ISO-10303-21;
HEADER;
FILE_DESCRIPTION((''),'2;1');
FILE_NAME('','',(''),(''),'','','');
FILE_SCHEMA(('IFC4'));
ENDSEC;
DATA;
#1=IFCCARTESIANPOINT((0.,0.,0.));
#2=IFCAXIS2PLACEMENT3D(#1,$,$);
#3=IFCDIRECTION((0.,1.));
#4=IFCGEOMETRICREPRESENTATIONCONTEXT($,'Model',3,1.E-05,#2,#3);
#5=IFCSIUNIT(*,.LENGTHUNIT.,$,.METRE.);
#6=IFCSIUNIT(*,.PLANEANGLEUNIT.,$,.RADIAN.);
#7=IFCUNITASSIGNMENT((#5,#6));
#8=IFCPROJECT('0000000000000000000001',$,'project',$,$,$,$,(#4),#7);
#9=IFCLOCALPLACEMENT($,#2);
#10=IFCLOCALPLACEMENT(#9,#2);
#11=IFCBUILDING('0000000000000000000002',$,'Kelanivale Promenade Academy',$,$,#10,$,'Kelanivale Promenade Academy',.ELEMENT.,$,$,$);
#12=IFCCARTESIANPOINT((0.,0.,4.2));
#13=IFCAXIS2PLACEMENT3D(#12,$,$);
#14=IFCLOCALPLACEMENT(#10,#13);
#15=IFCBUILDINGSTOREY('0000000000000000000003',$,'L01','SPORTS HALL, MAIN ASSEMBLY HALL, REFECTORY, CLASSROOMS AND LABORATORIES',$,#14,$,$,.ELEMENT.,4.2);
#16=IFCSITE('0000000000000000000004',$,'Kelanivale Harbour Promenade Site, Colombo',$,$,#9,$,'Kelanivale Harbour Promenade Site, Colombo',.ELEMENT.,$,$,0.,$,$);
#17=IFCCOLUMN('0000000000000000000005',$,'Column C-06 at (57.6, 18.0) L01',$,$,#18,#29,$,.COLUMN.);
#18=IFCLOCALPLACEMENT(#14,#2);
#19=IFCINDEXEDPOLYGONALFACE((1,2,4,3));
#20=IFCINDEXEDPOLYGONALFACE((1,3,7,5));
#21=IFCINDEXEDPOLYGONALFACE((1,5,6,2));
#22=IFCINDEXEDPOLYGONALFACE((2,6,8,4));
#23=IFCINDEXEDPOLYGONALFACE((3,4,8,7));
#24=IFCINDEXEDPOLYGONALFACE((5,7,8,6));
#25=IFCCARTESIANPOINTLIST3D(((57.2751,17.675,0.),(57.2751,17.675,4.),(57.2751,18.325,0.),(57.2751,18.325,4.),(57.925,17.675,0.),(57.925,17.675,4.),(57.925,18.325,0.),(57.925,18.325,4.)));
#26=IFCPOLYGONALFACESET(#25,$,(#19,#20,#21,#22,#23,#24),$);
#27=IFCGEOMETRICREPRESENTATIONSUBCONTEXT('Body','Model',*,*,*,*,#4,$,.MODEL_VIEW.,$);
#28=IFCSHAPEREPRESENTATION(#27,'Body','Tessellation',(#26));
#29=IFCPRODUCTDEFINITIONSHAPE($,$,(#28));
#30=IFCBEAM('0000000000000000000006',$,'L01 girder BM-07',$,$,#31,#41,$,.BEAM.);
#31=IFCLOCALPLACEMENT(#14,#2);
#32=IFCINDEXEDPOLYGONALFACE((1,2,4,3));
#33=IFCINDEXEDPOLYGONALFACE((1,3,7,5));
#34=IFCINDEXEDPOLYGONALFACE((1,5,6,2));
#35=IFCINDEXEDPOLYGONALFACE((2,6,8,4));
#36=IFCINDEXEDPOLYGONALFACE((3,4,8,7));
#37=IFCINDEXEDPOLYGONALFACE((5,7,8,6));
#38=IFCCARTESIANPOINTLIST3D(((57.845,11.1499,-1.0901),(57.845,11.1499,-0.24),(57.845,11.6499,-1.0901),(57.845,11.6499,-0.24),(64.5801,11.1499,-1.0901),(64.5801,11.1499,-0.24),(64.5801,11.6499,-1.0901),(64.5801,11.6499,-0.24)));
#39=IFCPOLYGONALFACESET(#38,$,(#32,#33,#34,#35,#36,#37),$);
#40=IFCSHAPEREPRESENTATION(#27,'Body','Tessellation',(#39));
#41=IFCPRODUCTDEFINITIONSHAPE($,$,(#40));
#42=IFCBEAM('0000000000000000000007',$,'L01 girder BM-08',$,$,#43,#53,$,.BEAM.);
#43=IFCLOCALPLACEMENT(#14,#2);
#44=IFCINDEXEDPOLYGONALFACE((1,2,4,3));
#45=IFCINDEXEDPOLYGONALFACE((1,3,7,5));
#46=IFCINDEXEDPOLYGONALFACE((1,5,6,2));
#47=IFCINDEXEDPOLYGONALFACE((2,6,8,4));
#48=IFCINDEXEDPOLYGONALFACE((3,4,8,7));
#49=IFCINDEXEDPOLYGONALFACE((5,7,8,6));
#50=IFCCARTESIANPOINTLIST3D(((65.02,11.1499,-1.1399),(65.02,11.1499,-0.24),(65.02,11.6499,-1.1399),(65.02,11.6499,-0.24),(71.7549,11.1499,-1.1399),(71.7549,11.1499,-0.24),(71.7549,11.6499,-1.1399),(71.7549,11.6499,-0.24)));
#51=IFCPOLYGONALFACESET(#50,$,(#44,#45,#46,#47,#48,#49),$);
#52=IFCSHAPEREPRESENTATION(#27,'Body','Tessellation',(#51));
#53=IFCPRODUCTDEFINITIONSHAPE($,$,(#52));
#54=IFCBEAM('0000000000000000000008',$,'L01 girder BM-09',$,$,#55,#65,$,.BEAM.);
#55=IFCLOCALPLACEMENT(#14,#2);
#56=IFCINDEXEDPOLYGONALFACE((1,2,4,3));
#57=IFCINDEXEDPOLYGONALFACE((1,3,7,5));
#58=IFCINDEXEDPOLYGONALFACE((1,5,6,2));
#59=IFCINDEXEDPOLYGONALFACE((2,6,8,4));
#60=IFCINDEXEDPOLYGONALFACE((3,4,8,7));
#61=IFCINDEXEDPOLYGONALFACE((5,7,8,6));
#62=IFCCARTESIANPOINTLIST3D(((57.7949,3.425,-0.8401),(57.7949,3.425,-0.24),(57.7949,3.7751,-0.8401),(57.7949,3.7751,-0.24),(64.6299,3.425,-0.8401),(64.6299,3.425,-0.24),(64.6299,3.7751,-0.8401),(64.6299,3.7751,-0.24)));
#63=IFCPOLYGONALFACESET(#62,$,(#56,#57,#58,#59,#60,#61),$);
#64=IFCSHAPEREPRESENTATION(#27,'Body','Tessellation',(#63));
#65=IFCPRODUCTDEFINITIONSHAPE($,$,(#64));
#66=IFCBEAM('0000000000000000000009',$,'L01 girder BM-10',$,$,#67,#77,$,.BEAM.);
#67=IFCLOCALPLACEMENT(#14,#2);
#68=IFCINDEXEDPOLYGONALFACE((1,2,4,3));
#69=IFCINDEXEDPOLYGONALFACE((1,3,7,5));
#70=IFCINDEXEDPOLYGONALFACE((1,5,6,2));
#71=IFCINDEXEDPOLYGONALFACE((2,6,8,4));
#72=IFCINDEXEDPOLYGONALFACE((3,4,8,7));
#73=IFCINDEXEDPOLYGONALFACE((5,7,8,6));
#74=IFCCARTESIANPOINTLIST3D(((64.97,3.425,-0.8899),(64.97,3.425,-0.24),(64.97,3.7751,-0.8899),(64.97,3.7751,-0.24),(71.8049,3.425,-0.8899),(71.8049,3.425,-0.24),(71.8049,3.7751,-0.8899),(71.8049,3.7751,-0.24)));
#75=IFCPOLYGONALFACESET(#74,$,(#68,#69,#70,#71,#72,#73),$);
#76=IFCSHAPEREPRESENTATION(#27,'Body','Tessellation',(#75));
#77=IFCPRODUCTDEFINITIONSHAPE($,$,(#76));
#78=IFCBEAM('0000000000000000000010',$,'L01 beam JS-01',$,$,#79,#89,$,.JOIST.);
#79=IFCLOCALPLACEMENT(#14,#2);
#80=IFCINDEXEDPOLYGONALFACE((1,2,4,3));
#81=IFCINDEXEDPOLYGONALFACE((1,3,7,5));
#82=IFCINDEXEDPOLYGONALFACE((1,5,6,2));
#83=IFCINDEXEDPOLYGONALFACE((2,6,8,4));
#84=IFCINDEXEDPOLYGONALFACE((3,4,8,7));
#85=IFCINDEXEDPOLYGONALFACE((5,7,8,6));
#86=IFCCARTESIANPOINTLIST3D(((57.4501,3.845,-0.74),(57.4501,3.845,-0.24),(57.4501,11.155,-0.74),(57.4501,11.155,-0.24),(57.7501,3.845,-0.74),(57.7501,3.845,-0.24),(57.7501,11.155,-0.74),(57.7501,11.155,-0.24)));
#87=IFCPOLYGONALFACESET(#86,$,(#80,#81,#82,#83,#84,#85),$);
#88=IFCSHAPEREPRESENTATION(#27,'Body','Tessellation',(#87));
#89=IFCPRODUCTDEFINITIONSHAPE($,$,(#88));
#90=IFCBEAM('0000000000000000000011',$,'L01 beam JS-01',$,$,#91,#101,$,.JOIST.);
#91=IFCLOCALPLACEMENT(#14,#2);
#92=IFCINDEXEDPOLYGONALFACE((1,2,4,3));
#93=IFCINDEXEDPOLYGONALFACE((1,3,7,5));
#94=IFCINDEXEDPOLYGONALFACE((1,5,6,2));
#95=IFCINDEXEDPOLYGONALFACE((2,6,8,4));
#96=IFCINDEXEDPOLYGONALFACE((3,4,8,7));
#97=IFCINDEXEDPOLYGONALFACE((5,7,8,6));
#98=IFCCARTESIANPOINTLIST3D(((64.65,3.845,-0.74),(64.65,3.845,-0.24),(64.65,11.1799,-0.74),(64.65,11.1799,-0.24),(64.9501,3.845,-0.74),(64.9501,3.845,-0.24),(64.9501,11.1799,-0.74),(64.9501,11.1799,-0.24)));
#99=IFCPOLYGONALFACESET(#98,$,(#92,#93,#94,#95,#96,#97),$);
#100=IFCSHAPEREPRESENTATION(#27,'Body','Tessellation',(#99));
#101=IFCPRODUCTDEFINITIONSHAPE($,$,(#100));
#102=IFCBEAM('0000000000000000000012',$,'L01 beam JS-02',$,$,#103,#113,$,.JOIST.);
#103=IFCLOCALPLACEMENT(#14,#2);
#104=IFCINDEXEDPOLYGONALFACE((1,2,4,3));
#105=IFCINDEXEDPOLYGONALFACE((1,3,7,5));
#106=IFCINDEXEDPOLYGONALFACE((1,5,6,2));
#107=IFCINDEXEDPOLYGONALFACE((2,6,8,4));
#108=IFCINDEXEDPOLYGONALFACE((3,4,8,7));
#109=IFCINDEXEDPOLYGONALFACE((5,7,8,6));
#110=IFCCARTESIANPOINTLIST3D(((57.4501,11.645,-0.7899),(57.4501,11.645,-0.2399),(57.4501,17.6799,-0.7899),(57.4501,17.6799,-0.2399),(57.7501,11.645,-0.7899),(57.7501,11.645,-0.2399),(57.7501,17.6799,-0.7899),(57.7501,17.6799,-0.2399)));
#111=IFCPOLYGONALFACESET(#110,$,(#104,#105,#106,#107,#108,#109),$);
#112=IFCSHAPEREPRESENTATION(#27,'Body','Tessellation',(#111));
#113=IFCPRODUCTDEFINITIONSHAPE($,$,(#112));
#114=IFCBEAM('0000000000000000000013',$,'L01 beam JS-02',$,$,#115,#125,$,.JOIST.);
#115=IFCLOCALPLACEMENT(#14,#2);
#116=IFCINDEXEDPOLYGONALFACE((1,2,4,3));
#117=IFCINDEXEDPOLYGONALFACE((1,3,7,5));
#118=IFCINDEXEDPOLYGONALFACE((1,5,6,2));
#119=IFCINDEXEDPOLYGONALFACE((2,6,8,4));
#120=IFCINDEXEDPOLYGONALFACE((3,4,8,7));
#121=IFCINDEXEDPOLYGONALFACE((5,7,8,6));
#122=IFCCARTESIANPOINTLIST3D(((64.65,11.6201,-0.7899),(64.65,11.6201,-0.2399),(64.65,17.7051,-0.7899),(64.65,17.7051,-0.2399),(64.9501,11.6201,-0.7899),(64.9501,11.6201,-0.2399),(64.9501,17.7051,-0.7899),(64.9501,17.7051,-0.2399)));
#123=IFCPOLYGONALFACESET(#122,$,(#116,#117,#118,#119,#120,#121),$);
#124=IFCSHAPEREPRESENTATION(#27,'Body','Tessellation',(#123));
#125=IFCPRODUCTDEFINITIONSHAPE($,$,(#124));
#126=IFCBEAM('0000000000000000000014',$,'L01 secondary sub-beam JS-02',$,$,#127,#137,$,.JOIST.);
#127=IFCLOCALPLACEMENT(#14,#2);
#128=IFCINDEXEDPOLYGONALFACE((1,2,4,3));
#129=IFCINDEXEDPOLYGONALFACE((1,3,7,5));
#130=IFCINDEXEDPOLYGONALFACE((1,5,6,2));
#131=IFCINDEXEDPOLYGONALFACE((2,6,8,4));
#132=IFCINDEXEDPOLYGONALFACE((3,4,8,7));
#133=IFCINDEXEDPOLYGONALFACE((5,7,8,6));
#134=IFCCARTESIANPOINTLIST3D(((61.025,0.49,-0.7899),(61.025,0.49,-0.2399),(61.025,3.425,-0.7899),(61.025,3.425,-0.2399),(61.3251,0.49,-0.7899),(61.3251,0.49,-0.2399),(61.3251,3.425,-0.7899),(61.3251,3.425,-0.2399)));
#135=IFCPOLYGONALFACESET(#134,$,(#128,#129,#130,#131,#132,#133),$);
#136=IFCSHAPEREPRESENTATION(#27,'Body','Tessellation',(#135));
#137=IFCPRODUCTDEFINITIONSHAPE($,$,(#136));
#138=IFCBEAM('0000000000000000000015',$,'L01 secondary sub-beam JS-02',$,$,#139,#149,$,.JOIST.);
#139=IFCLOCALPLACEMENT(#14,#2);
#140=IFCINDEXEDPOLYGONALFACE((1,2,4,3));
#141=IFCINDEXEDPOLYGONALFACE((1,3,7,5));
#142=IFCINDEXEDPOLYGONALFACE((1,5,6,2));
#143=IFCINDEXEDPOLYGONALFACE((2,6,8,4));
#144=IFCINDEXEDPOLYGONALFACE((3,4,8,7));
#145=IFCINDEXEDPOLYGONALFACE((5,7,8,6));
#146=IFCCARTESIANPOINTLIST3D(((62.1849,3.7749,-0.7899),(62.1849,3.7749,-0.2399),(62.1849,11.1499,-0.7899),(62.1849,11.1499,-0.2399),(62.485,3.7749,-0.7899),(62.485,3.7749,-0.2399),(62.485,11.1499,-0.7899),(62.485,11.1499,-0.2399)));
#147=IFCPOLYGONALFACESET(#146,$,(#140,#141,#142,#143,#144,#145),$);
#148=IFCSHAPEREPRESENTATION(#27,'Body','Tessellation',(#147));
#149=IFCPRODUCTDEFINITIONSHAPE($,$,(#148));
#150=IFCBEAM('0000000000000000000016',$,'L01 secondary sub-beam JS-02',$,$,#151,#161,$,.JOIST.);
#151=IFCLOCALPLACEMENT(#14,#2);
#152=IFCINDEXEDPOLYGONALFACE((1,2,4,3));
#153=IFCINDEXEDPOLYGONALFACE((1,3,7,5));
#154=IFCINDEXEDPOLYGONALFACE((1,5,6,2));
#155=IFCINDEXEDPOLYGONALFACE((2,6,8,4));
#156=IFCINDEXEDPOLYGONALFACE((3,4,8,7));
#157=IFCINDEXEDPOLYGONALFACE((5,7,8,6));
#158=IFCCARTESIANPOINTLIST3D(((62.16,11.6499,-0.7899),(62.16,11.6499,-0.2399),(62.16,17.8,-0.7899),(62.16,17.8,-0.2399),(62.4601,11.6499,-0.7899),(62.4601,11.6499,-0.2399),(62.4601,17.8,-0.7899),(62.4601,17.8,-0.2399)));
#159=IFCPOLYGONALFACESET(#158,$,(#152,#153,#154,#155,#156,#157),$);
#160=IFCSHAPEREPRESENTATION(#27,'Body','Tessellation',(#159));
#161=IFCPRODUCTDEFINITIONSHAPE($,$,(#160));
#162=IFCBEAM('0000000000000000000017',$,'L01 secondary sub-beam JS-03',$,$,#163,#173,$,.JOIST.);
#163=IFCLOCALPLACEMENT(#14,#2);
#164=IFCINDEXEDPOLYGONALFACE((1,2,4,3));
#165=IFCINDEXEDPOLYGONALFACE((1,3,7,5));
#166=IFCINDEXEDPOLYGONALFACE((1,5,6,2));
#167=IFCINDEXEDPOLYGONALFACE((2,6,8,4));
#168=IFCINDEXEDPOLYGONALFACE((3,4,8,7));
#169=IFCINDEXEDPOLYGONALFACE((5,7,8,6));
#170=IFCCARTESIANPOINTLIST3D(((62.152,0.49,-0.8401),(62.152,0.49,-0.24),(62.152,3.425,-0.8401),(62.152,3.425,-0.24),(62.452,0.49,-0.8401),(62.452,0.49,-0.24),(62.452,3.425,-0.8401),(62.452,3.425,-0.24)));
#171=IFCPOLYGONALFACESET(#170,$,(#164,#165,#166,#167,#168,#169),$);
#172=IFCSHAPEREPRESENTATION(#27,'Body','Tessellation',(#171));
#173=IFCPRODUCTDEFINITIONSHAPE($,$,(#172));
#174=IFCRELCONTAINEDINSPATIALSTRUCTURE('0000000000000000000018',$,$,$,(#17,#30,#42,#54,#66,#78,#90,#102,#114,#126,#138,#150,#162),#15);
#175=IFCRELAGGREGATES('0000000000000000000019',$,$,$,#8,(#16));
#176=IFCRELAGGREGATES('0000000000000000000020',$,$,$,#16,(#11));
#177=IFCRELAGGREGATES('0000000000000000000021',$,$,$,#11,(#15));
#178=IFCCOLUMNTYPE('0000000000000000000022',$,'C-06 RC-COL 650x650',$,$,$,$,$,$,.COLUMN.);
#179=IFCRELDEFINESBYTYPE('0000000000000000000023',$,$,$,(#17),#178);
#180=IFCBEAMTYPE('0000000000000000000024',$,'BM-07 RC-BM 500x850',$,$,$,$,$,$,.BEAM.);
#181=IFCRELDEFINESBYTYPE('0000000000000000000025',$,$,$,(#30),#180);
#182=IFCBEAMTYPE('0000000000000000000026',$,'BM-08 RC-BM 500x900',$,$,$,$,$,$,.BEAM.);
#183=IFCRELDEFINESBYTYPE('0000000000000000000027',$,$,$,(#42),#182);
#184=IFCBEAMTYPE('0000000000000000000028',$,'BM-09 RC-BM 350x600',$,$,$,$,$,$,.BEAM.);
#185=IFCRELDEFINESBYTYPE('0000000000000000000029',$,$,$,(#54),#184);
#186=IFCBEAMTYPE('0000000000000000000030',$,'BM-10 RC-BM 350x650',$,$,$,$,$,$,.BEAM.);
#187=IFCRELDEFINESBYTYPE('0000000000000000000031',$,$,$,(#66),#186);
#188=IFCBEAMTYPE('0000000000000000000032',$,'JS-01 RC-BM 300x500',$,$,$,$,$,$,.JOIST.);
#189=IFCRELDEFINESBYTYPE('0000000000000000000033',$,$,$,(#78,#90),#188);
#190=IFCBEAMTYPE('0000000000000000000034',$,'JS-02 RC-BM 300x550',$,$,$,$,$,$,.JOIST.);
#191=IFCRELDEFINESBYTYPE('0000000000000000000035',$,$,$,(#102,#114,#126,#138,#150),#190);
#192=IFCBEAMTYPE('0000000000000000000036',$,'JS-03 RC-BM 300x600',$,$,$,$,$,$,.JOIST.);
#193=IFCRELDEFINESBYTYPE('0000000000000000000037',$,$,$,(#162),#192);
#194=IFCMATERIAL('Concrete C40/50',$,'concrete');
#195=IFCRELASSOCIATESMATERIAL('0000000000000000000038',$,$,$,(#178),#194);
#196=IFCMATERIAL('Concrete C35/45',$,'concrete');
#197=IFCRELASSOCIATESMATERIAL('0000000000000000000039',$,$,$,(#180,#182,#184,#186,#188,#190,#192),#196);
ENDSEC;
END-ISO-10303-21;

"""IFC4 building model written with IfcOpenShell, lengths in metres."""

from ifc_helpers import new_model, si_unit, direction, frame, origin, origin_2d, place, context, subcontext, project, spatial, rectangle, extrude, material, material_profile, profile_set, type_object, element, save


model = new_model("IFC4")

# Units and contexts
model_context = context("Model", 3, precision=1e-05, world=origin(), true_north=direction((0.0, 1.0)))
body_context = subcontext(model_context, "Body", "Model", "MODEL_VIEW")
ifc_project = project(units=[si_unit("LENGTHUNIT", "METRE"), si_unit("PLANEANGLEUNIT", "RADIAN")], contexts=[model_context])

# Site, building, storey
site_placement = place(None, origin())
site = spatial("IfcSite", under=ifc_project, at=site_placement, Name="Kelanivale Harbour Promenade Site, Colombo", LongName="Kelanivale Harbour Promenade Site, Colombo", CompositionType="ELEMENT", RefElevation=0.0)
building_placement = place(site_placement, origin())
building = spatial("IfcBuilding", under=site, at=building_placement, Name="Kelanivale Promenade Academy", LongName="Kelanivale Promenade Academy", CompositionType="ELEMENT")
storey_placement = place(building_placement, frame((0.0, 0.0, 4.2)))
storey = spatial("IfcBuildingStorey", under=building, at=storey_placement, Name="L01", Description="SPORTS HALL, MAIN ASSEMBLY HALL, REFECTORY, CLASSROOMS AND LABORATORIES", CompositionType="ELEMENT", Elevation=4.2)

# Column
ifc_material_1 = material(Name="Concrete C40/50", Category="concrete")
ifc_material_profile_1 = material_profile(ifc_material_1, rectangle(XDim=0.6499, YDim=0.6499, at=origin_2d()), Name="RC-COL 650x650")
ifc_profile_set_1 = profile_set([ifc_material_profile_1], Name="Concrete C40/50")
column_type = type_object("IfcColumnType", Name="C-06 RC-COL 650x650", PredefinedType="COLUMN", material=ifc_profile_set_1)
column_placement = place(storey_placement, frame((57.6001, 18.0, 0.0), z_axis=(0.0, 0.0, 1.0), x_axis=(1.0, 0.0, 0.0)))
element("IfcColumn", 1, at=column_placement, inside=storey, type_object=column_type, Name="Column C-06 at (57.6, 18.0) L01", PredefinedType="COLUMN", context=body_context, shape_type="SweptSolid", body=[
    extrude(rectangle(XDim=0.6499, YDim=0.6499, at=origin_2d()), origin(), (0.0, 0.0, 1.0), 4.0),
])

# Beams
ifc_material_2 = material(Name="Concrete C35/45", Category="concrete")
ifc_material_profile_2 = material_profile(ifc_material_2, rectangle(XDim=0.5, YDim=0.8501, at=origin_2d()), Name="RC-BM 500x850")
ifc_profile_set_2 = profile_set([ifc_material_profile_2], Name="Concrete C35/45")
beam_type_1 = type_object("IfcBeamType", Name="BM-07 RC-BM 500x850", PredefinedType="BEAM", material=ifc_profile_set_2)
beam_1_placement = place(storey_placement, frame((57.845, 11.3999, -0.665), z_axis=(1.0, 0.0, 0.0), x_axis=(0.0, 1.0, 0.0)))
element("IfcBeam", 2, at=beam_1_placement, inside=storey, type_object=beam_type_1, Name="L01 girder BM-07", PredefinedType="BEAM", context=body_context, shape_type="SweptSolid", body=[
    extrude(rectangle(XDim=0.5, YDim=0.8501, at=origin_2d()), origin(), (0.0, 0.0, 1.0), 6.7351),
])
ifc_material_profile_3 = material_profile(ifc_material_2, rectangle(XDim=0.5, YDim=0.8999, at=origin_2d()), Name="RC-BM 500x900")
ifc_profile_set_3 = profile_set([ifc_material_profile_3], Name="Concrete C35/45")
beam_type_2 = type_object("IfcBeamType", Name="BM-08 RC-BM 500x900", PredefinedType="BEAM", material=ifc_profile_set_3)
beam_2_placement = place(storey_placement, frame((65.02, 11.3999, -0.6899), z_axis=(1.0, 0.0, 0.0), x_axis=(0.0, 1.0, 0.0)))
element("IfcBeam", 3, at=beam_2_placement, inside=storey, type_object=beam_type_2, Name="L01 girder BM-08", PredefinedType="BEAM", context=body_context, shape_type="SweptSolid", body=[
    extrude(rectangle(XDim=0.5, YDim=0.8999, at=origin_2d()), origin(), (0.0, 0.0, 1.0), 6.7349),
])
ifc_material_profile_4 = material_profile(ifc_material_2, rectangle(XDim=0.3501, YDim=0.6001, at=origin_2d()), Name="RC-BM 350x600")
ifc_profile_set_4 = profile_set([ifc_material_profile_4], Name="Concrete C35/45")
beam_type_3 = type_object("IfcBeamType", Name="BM-09 RC-BM 350x600", PredefinedType="BEAM", material=ifc_profile_set_4)
beam_3_placement = place(storey_placement, frame((57.7949, 3.6001, -0.54), z_axis=(1.0, 0.0, 0.0), x_axis=(0.0, 1.0, 0.0)))
element("IfcBeam", 4, at=beam_3_placement, inside=storey, type_object=beam_type_3, Name="L01 girder BM-09", PredefinedType="BEAM", context=body_context, shape_type="SweptSolid", body=[
    extrude(rectangle(XDim=0.3501, YDim=0.6001, at=origin_2d()), origin(), (0.0, 0.0, 1.0), 6.835),
])
ifc_material_profile_5 = material_profile(ifc_material_2, rectangle(XDim=0.3501, YDim=0.6499, at=origin_2d()), Name="RC-BM 350x650")
ifc_profile_set_5 = profile_set([ifc_material_profile_5], Name="Concrete C35/45")
beam_type_4 = type_object("IfcBeamType", Name="BM-10 RC-BM 350x650", PredefinedType="BEAM", material=ifc_profile_set_5)
beam_4_placement = place(storey_placement, frame((64.97, 3.6001, -0.5649), z_axis=(1.0, 0.0, 0.0), x_axis=(0.0, 1.0, 0.0)))
element("IfcBeam", 5, at=beam_4_placement, inside=storey, type_object=beam_type_4, Name="L01 girder BM-10", PredefinedType="BEAM", context=body_context, shape_type="SweptSolid", body=[
    extrude(rectangle(XDim=0.3501, YDim=0.6499, at=origin_2d()), origin(), (0.0, 0.0, 1.0), 6.835),
])
ifc_material_profile_6 = material_profile(ifc_material_2, rectangle(XDim=0.3, YDim=0.5, at=origin_2d()), Name="RC-BM 300x500")
ifc_profile_set_6 = profile_set([ifc_material_profile_6], Name="Concrete C35/45")
beam_type_5 = type_object("IfcBeamType", Name="JS-01 RC-BM 300x500", PredefinedType="JOIST", material=ifc_profile_set_6)
beam_5_placement = place(storey_placement, frame((57.6001, 3.845, -0.49), z_axis=(0.0, 1.0, 0.0), x_axis=(-1.0, 0.0, 0.0)))
element("IfcBeam", 6, at=beam_5_placement, inside=storey, type_object=beam_type_5, Name="L01 beam JS-01", PredefinedType="JOIST", context=body_context, shape_type="SweptSolid", body=[
    extrude(rectangle(XDim=0.3, YDim=0.5, at=origin_2d()), origin(), (0.0, 0.0, 1.0), 7.3101),
])
beam_6_placement = place(storey_placement, frame((64.8, 3.845, -0.49), z_axis=(0.0, 1.0, 0.0), x_axis=(-1.0, 0.0, 0.0)))
element("IfcBeam", 7, at=beam_6_placement, inside=storey, type_object=beam_type_5, Name="L01 beam JS-01", PredefinedType="JOIST", context=body_context, shape_type="SweptSolid", body=[
    extrude(rectangle(XDim=0.3, YDim=0.5, at=origin_2d()), origin(), (0.0, 0.0, 1.0), 7.335),
])
ifc_material_profile_7 = material_profile(ifc_material_2, rectangle(XDim=0.3, YDim=0.55, at=origin_2d()), Name="RC-BM 300x550")
ifc_profile_set_7 = profile_set([ifc_material_profile_7], Name="Concrete C35/45")
beam_type_6 = type_object("IfcBeamType", Name="JS-02 RC-BM 300x550", PredefinedType="JOIST", material=ifc_profile_set_7)
beam_7_placement = place(storey_placement, frame((57.6001, 11.645, -0.5149), z_axis=(0.0, 1.0, 0.0), x_axis=(-1.0, 0.0, 0.0)))
element("IfcBeam", 8, at=beam_7_placement, inside=storey, type_object=beam_type_6, Name="L01 beam JS-02", PredefinedType="JOIST", context=body_context, shape_type="SweptSolid", body=[
    extrude(rectangle(XDim=0.3, YDim=0.55, at=origin_2d()), origin(), (0.0, 0.0, 1.0), 6.0349),
])
beam_8_placement = place(storey_placement, frame((64.8, 11.6201, -0.5149), z_axis=(0.0, 1.0, 0.0), x_axis=(-1.0, 0.0, 0.0)))
element("IfcBeam", 9, at=beam_8_placement, inside=storey, type_object=beam_type_6, Name="L01 beam JS-02", PredefinedType="JOIST", context=body_context, shape_type="SweptSolid", body=[
    extrude(rectangle(XDim=0.3, YDim=0.55, at=origin_2d()), origin(), (0.0, 0.0, 1.0), 6.085),
])
beam_9_placement = place(storey_placement, frame((61.175, 0.49, -0.5149), z_axis=(0.0, 1.0, 0.0), x_axis=(-1.0, 0.0, 0.0)))
element("IfcBeam", 10, at=beam_9_placement, inside=storey, type_object=beam_type_6, Name="L01 secondary sub-beam JS-02", PredefinedType="JOIST", context=body_context, shape_type="SweptSolid", body=[
    extrude(rectangle(XDim=0.3, YDim=0.55, at=origin_2d()), origin(), (0.0, 0.0, 1.0), 2.9351),
])
beam_10_placement = place(storey_placement, frame((62.335, 3.7749, -0.5149), z_axis=(0.0, 1.0, 0.0), x_axis=(-1.0, 0.0, 0.0)))
element("IfcBeam", 11, at=beam_10_placement, inside=storey, type_object=beam_type_6, Name="L01 secondary sub-beam JS-02", PredefinedType="JOIST", context=body_context, shape_type="SweptSolid", body=[
    extrude(rectangle(XDim=0.3, YDim=0.55, at=origin_2d()), origin(), (0.0, 0.0, 1.0), 7.375),
])
beam_11_placement = place(storey_placement, frame((62.3101, 11.6499, -0.5149), z_axis=(0.0, 1.0, 0.0), x_axis=(-1.0, 0.0, 0.0)))
element("IfcBeam", 12, at=beam_11_placement, inside=storey, type_object=beam_type_6, Name="L01 secondary sub-beam JS-02", PredefinedType="JOIST", context=body_context, shape_type="SweptSolid", body=[
    extrude(rectangle(XDim=0.3, YDim=0.55, at=origin_2d()), origin(), (0.0, 0.0, 1.0), 6.1501),
])
ifc_material_profile_8 = material_profile(ifc_material_2, rectangle(XDim=0.3, YDim=0.6001, at=origin_2d()), Name="RC-BM 300x600")
ifc_profile_set_8 = profile_set([ifc_material_profile_8], Name="Concrete C35/45")
beam_type_7 = type_object("IfcBeamType", Name="JS-03 RC-BM 300x600", PredefinedType="JOIST", material=ifc_profile_set_8)
beam_12_placement = place(storey_placement, frame((62.302, 0.49, -0.54), z_axis=(0.0, 1.0, 0.0), x_axis=(-1.0, 0.0, 0.0)))
element("IfcBeam", 13, at=beam_12_placement, inside=storey, type_object=beam_type_7, Name="L01 secondary sub-beam JS-03", PredefinedType="JOIST", context=body_context, shape_type="SweptSolid", body=[
    extrude(rectangle(XDim=0.3, YDim=0.6001, at=origin_2d()), origin(), (0.0, 0.0, 1.0), 2.9351),
])

save(model, "model.ifc")
